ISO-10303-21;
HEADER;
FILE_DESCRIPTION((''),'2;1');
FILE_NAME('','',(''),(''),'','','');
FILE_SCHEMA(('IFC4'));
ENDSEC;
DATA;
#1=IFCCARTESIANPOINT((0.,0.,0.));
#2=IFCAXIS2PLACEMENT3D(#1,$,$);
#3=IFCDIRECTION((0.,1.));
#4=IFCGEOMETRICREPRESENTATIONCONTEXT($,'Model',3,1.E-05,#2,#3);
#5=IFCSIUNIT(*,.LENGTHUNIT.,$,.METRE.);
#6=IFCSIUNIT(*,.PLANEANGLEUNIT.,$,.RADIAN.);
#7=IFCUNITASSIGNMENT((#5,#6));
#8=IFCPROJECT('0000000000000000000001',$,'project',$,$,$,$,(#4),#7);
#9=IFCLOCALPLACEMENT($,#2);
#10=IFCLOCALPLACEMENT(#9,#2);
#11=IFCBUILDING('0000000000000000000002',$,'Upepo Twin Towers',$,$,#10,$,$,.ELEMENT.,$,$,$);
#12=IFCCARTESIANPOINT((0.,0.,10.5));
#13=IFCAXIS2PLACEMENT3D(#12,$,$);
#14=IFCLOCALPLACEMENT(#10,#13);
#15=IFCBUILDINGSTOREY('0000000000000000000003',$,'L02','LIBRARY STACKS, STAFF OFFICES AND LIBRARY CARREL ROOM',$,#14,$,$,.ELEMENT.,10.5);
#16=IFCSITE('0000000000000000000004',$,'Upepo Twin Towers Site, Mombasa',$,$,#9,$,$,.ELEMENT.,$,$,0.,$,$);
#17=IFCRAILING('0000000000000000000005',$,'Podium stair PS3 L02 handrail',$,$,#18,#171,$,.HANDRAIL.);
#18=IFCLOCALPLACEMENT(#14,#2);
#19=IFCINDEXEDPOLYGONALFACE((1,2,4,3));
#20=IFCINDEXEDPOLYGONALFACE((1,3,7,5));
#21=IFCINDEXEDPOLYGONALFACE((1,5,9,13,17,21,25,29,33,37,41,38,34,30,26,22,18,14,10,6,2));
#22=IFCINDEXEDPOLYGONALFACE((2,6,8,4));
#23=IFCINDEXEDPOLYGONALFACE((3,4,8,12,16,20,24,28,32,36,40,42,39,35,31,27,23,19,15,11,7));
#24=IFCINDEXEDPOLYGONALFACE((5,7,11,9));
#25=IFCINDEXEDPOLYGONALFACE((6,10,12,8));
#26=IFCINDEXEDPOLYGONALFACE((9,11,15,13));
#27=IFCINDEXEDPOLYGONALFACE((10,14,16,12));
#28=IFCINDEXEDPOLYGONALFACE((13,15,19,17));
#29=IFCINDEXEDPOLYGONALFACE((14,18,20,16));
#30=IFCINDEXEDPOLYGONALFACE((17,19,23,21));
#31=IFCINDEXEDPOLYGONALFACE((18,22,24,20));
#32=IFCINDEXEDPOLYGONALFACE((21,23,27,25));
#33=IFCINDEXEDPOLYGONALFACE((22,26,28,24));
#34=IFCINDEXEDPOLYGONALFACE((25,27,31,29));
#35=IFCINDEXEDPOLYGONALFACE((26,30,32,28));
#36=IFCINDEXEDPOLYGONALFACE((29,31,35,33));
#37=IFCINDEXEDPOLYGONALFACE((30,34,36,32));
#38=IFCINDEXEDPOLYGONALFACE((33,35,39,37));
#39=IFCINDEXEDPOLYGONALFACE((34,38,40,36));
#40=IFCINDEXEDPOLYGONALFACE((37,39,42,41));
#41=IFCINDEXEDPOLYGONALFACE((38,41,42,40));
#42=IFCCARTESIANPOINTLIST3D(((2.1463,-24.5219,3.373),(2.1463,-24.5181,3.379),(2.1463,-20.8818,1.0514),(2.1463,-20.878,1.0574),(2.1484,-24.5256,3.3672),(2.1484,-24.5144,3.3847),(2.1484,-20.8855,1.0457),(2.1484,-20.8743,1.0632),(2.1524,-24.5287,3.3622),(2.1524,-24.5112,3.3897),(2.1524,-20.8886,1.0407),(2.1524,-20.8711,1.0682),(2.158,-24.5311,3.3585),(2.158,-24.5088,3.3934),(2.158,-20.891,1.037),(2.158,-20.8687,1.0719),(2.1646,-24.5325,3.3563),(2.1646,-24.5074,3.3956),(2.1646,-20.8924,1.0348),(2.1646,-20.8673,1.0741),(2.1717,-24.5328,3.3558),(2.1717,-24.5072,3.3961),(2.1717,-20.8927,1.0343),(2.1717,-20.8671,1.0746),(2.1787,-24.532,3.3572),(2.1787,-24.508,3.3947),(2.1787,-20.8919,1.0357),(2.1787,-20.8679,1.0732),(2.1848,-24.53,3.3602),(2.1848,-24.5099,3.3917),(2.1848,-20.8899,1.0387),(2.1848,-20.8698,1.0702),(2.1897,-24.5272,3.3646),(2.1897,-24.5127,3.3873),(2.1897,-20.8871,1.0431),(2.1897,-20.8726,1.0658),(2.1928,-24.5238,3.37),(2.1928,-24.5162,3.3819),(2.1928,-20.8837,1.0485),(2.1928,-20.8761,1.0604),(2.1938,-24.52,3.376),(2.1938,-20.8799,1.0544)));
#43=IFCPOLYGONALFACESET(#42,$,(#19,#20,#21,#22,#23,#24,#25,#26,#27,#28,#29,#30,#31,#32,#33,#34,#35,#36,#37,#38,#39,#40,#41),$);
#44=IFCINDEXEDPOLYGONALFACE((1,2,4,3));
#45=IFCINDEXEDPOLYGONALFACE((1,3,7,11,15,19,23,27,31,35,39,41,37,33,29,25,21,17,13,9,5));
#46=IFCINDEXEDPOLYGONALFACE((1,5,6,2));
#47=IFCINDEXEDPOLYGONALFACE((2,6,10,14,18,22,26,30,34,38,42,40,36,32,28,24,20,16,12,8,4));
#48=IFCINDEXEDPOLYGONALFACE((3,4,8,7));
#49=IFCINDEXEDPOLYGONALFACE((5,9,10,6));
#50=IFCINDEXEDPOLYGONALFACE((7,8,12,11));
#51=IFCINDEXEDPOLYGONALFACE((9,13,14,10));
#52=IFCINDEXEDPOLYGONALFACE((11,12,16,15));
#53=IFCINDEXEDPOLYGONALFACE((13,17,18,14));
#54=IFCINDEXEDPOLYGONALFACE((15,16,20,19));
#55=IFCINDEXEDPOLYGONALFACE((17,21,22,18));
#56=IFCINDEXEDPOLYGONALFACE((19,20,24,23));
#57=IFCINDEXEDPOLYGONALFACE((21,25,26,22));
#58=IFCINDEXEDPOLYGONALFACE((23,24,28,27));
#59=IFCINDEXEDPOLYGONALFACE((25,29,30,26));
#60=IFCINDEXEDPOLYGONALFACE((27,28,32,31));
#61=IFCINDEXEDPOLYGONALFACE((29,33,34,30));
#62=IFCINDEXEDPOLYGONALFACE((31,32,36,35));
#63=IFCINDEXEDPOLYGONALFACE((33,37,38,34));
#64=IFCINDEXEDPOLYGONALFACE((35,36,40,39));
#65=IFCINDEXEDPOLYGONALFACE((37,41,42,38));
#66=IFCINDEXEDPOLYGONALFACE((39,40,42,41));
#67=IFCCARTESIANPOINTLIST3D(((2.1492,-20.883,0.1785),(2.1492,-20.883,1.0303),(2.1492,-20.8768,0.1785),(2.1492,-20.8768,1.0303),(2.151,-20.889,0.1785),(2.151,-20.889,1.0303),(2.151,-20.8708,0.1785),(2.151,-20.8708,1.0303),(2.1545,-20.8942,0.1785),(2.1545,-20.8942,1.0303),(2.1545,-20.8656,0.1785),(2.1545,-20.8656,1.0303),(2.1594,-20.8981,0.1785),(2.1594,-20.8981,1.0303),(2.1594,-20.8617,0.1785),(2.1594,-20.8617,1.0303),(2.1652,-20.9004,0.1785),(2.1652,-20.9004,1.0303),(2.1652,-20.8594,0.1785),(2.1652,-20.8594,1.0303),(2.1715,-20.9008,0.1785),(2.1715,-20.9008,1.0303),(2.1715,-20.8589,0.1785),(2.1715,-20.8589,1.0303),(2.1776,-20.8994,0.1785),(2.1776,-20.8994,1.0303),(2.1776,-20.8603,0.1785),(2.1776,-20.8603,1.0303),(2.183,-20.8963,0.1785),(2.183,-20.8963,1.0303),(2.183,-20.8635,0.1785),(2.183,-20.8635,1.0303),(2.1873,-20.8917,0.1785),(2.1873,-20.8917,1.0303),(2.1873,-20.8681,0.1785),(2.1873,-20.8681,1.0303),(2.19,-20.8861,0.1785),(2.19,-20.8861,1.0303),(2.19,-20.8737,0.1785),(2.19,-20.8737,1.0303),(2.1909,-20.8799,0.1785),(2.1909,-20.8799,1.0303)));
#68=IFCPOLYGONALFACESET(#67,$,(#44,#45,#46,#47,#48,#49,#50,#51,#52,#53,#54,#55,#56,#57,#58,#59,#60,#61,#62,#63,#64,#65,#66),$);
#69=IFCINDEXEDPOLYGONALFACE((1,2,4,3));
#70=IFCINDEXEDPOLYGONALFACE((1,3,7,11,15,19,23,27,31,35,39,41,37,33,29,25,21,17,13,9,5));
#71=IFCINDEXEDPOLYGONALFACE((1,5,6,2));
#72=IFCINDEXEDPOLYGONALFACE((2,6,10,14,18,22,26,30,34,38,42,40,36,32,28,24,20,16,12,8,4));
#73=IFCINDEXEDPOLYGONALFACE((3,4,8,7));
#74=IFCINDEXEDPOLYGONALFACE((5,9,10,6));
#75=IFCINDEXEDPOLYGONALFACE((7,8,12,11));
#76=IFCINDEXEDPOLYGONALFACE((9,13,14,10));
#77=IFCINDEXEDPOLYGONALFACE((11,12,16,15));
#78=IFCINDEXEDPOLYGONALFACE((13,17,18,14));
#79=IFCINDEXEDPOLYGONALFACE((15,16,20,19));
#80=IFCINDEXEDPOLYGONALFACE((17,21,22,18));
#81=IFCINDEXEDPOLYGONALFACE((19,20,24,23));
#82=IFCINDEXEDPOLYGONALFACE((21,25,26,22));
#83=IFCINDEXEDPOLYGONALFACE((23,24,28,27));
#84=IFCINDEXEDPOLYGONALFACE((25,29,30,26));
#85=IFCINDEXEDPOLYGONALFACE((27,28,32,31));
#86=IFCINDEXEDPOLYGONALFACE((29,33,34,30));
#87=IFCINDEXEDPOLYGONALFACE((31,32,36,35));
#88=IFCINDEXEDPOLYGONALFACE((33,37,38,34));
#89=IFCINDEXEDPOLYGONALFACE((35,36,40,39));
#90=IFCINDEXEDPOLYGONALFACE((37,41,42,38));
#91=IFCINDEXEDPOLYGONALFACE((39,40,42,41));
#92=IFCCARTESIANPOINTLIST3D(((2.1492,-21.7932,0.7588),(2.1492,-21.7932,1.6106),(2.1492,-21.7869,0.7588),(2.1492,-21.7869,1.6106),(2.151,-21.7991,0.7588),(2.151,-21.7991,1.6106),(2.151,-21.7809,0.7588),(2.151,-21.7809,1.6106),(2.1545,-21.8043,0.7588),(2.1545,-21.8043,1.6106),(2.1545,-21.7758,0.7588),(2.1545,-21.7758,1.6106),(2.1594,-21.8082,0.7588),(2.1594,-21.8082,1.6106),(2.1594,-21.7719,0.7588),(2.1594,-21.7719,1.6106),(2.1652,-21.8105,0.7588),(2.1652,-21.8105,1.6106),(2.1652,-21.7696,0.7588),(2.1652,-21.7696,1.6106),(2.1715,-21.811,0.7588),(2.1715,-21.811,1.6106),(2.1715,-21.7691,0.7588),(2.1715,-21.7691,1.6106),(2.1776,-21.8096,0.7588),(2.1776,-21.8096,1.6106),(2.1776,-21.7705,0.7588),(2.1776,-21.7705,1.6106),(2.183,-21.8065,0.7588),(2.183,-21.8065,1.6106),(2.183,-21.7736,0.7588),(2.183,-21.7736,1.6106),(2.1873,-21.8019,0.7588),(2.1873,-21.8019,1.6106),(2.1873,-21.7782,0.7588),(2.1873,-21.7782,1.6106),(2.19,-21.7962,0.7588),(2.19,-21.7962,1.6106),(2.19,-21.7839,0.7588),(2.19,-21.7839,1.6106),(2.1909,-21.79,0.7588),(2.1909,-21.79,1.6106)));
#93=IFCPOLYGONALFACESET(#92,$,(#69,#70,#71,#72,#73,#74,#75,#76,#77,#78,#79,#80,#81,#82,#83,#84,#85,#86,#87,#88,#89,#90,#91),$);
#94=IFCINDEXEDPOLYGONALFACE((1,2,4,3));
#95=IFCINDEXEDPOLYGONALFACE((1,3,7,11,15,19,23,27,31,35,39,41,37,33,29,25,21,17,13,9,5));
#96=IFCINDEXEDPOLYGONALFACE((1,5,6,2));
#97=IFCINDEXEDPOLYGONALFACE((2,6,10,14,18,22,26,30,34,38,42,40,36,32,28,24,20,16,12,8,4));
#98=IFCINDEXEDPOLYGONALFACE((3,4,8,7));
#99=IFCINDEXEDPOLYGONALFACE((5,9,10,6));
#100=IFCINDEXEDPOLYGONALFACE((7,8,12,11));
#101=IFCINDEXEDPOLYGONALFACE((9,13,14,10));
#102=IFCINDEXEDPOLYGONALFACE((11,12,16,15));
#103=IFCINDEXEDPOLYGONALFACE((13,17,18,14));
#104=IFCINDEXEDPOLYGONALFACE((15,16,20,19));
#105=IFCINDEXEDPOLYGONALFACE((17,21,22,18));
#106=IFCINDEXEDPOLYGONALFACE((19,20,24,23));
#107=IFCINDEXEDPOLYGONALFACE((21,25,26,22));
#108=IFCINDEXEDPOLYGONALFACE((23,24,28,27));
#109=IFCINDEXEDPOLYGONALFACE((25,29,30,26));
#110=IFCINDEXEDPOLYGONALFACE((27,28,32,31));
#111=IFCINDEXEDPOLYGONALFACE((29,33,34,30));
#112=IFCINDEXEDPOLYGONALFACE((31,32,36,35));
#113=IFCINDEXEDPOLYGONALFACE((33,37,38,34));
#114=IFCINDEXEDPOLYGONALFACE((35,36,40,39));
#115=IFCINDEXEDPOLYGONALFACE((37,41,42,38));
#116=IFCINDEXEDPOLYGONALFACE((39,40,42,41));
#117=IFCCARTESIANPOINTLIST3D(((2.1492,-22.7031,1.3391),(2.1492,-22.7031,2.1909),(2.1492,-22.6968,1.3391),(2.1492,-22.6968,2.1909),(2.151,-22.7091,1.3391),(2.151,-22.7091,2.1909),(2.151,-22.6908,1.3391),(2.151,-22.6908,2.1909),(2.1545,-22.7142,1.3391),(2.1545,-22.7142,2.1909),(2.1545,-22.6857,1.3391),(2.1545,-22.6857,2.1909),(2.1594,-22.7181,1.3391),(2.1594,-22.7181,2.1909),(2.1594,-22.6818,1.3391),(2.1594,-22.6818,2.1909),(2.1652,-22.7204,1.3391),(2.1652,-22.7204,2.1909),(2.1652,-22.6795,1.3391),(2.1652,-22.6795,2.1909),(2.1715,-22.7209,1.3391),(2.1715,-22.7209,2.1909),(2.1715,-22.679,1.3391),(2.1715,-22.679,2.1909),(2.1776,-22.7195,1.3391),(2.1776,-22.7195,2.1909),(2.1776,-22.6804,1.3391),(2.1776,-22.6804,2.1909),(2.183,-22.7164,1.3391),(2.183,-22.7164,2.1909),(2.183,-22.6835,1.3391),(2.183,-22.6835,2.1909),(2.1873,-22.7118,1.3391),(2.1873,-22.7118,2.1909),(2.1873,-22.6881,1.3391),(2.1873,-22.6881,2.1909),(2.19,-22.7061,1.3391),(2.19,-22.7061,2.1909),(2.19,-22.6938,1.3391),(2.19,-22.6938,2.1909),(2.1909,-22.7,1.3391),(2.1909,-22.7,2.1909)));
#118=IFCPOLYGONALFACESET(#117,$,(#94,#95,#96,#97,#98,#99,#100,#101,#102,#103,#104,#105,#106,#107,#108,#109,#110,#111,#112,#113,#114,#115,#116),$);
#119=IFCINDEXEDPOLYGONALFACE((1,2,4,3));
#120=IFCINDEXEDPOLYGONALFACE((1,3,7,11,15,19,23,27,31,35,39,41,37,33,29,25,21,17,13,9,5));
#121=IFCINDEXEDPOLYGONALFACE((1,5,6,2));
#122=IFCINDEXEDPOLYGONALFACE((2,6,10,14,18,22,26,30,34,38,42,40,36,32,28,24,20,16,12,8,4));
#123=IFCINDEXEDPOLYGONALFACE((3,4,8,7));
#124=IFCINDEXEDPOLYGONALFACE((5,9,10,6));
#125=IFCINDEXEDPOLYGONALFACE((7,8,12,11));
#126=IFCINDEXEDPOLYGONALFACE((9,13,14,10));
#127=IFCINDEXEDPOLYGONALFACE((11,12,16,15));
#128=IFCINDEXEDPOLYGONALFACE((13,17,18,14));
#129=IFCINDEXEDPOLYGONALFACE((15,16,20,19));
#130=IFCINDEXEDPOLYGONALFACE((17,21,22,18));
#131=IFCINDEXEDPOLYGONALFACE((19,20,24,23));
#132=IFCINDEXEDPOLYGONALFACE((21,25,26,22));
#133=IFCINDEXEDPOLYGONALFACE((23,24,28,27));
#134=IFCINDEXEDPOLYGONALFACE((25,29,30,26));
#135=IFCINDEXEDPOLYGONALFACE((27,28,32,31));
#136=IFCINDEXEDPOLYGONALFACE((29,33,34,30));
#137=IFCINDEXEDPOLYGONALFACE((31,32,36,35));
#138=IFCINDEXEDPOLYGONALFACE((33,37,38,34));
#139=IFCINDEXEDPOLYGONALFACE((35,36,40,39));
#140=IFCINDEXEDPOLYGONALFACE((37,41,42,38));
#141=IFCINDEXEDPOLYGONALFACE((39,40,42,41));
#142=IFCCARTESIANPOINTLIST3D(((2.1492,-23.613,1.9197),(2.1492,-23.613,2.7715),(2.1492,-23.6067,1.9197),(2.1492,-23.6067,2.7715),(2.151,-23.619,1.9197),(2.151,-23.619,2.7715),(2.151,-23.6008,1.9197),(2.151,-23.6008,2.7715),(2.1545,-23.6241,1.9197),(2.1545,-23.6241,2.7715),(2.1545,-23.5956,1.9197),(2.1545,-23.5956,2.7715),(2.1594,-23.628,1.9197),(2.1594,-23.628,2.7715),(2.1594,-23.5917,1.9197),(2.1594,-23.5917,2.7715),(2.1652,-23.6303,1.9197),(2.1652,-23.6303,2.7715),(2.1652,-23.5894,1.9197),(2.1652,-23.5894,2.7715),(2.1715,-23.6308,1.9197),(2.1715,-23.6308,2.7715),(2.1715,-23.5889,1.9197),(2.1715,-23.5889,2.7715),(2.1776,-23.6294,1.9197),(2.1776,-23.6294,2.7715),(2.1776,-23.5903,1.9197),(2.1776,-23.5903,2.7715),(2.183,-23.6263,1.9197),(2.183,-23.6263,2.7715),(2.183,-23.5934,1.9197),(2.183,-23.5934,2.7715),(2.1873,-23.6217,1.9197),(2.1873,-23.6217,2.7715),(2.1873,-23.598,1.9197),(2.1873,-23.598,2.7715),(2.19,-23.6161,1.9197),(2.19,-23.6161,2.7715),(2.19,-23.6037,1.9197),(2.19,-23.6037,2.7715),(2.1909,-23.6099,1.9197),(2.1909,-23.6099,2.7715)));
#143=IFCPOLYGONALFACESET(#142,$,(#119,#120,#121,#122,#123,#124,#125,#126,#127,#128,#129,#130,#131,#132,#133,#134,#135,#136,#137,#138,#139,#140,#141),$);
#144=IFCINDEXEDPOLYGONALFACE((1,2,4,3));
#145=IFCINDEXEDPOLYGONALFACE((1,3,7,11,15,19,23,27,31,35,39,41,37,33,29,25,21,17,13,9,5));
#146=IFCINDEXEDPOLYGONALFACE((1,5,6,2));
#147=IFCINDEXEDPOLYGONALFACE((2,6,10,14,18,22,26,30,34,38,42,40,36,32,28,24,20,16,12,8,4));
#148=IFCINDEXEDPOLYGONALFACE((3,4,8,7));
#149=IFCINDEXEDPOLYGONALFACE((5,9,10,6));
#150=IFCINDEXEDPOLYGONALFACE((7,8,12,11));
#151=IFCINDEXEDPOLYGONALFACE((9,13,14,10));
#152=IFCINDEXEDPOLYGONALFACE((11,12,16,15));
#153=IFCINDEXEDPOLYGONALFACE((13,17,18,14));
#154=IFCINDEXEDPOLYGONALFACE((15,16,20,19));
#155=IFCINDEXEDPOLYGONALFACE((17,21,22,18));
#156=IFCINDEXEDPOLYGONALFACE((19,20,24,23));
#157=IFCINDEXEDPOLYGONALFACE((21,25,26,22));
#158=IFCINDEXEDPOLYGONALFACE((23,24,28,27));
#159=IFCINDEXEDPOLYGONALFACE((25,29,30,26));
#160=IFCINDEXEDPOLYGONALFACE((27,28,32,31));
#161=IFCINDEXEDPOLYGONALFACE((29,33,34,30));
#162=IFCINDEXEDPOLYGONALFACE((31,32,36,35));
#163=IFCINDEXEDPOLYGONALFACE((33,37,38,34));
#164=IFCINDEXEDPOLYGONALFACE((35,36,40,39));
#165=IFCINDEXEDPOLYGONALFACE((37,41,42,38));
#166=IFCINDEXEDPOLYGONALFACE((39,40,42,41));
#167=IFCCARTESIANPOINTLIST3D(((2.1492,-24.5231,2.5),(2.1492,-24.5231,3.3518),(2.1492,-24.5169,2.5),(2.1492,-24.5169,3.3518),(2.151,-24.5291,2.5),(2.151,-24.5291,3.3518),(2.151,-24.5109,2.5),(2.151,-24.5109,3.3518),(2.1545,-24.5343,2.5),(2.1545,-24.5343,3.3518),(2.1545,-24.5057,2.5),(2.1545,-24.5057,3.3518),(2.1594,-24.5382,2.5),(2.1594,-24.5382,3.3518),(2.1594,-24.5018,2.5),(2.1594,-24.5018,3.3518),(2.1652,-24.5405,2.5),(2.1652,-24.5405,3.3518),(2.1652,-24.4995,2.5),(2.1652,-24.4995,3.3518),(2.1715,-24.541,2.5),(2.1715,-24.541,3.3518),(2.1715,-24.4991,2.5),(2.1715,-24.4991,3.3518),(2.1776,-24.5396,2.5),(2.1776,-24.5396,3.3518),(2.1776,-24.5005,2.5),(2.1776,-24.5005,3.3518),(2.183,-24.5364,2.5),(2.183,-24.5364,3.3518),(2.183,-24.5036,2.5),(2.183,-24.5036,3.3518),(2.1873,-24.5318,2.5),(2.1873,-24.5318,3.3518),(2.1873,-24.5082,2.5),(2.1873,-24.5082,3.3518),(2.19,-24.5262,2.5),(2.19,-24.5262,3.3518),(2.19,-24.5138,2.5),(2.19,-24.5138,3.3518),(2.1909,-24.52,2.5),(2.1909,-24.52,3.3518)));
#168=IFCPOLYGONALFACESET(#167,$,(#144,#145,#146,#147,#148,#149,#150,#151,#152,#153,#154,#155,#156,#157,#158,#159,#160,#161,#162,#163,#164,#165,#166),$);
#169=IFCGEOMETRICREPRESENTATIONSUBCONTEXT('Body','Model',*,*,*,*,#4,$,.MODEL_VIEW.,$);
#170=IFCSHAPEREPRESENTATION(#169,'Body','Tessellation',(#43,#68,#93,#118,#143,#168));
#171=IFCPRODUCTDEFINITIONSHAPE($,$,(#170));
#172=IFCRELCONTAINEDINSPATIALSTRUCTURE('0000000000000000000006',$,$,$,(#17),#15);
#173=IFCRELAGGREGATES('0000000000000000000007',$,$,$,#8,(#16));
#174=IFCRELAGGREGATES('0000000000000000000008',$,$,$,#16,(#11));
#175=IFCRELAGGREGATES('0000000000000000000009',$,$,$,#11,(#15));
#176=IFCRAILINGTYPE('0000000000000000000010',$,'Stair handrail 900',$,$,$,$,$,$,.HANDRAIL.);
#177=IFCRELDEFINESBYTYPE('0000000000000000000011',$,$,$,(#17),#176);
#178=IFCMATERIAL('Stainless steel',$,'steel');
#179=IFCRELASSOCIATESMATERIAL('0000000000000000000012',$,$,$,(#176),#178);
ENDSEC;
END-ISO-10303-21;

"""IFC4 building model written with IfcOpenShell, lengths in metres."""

from ifc_helpers import new_model, si_unit, direction, frame, origin, origin_2d, place, context, subcontext, project, spatial, circle, extrude, material, type_object, element, save


model = new_model("IFC4")

# Units and contexts
model_context = context("Model", 3, precision=1e-05, world=origin(), true_north=direction((0.0, 1.0)))
body_context = subcontext(model_context, "Body", "Model", "MODEL_VIEW")
ifc_project = project(units=[si_unit("LENGTHUNIT", "METRE"), si_unit("PLANEANGLEUNIT", "RADIAN")], contexts=[model_context])

# Site, building, storey
site_placement = place(None, origin())
site = spatial("IfcSite", under=ifc_project, at=site_placement, Name="Upepo Twin Towers Site, Mombasa", CompositionType="ELEMENT", RefElevation=0.0)
building_placement = place(site_placement, origin())
building = spatial("IfcBuilding", under=site, at=building_placement, Name="Upepo Twin Towers", CompositionType="ELEMENT")
storey_placement = place(building_placement, frame((0.0, 0.0, 10.5)))
storey = spatial("IfcBuildingStorey", under=building, at=storey_placement, Name="L02", Description="LIBRARY STACKS, STAFF OFFICES AND LIBRARY CARREL ROOM", CompositionType="ELEMENT", Elevation=10.5)

# Railing
ifc_material_1 = material(Name="Stainless steel", Category="steel")
railing_type = type_object("IfcRailingType", Name="Stair handrail 900", PredefinedType="HANDRAIL", material=ifc_material_1)
railing_1_placement = place(storey_placement, frame((2.1699, -20.8799, 0.1785)))
element("IfcRailing", 1, at=railing_1_placement, inside=storey, type_object=railing_type, Name="Podium stair PS3 L02 handrail", PredefinedType="HANDRAIL", context=body_context, shape_type="SweptSolid", body=[
    extrude(circle(Radius=0.0239, at=origin_2d()), frame((0.0, 0.0, 0.876), z_axis=(0.0, -0.843128, 0.537713), x_axis=(1.0, 0.0, 0.0)), (0.0, 0.0, 1.0), 4.3174),
    extrude(circle(Radius=0.021, at=origin_2d()), origin(), (0.0, 0.0, 1.0), 0.8518),
    extrude(circle(Radius=0.021, at=origin_2d()), frame((0.0, -0.9102, 0.5803)), (0.0, 0.0, 1.0), 0.8518),
    extrude(circle(Radius=0.021, at=origin_2d()), frame((0.0, -1.8201, 1.1606)), (0.0, 0.0, 1.0), 0.8518),
    extrude(circle(Radius=0.021, at=origin_2d()), frame((0.0, -2.73, 1.7412)), (0.0, 0.0, 1.0), 0.8518),
    extrude(circle(Radius=0.021, at=origin_2d()), frame((0.0, -3.6401, 2.3215)), (0.0, 0.0, 1.0), 0.8518),
])

save(model, "model.ifc")
